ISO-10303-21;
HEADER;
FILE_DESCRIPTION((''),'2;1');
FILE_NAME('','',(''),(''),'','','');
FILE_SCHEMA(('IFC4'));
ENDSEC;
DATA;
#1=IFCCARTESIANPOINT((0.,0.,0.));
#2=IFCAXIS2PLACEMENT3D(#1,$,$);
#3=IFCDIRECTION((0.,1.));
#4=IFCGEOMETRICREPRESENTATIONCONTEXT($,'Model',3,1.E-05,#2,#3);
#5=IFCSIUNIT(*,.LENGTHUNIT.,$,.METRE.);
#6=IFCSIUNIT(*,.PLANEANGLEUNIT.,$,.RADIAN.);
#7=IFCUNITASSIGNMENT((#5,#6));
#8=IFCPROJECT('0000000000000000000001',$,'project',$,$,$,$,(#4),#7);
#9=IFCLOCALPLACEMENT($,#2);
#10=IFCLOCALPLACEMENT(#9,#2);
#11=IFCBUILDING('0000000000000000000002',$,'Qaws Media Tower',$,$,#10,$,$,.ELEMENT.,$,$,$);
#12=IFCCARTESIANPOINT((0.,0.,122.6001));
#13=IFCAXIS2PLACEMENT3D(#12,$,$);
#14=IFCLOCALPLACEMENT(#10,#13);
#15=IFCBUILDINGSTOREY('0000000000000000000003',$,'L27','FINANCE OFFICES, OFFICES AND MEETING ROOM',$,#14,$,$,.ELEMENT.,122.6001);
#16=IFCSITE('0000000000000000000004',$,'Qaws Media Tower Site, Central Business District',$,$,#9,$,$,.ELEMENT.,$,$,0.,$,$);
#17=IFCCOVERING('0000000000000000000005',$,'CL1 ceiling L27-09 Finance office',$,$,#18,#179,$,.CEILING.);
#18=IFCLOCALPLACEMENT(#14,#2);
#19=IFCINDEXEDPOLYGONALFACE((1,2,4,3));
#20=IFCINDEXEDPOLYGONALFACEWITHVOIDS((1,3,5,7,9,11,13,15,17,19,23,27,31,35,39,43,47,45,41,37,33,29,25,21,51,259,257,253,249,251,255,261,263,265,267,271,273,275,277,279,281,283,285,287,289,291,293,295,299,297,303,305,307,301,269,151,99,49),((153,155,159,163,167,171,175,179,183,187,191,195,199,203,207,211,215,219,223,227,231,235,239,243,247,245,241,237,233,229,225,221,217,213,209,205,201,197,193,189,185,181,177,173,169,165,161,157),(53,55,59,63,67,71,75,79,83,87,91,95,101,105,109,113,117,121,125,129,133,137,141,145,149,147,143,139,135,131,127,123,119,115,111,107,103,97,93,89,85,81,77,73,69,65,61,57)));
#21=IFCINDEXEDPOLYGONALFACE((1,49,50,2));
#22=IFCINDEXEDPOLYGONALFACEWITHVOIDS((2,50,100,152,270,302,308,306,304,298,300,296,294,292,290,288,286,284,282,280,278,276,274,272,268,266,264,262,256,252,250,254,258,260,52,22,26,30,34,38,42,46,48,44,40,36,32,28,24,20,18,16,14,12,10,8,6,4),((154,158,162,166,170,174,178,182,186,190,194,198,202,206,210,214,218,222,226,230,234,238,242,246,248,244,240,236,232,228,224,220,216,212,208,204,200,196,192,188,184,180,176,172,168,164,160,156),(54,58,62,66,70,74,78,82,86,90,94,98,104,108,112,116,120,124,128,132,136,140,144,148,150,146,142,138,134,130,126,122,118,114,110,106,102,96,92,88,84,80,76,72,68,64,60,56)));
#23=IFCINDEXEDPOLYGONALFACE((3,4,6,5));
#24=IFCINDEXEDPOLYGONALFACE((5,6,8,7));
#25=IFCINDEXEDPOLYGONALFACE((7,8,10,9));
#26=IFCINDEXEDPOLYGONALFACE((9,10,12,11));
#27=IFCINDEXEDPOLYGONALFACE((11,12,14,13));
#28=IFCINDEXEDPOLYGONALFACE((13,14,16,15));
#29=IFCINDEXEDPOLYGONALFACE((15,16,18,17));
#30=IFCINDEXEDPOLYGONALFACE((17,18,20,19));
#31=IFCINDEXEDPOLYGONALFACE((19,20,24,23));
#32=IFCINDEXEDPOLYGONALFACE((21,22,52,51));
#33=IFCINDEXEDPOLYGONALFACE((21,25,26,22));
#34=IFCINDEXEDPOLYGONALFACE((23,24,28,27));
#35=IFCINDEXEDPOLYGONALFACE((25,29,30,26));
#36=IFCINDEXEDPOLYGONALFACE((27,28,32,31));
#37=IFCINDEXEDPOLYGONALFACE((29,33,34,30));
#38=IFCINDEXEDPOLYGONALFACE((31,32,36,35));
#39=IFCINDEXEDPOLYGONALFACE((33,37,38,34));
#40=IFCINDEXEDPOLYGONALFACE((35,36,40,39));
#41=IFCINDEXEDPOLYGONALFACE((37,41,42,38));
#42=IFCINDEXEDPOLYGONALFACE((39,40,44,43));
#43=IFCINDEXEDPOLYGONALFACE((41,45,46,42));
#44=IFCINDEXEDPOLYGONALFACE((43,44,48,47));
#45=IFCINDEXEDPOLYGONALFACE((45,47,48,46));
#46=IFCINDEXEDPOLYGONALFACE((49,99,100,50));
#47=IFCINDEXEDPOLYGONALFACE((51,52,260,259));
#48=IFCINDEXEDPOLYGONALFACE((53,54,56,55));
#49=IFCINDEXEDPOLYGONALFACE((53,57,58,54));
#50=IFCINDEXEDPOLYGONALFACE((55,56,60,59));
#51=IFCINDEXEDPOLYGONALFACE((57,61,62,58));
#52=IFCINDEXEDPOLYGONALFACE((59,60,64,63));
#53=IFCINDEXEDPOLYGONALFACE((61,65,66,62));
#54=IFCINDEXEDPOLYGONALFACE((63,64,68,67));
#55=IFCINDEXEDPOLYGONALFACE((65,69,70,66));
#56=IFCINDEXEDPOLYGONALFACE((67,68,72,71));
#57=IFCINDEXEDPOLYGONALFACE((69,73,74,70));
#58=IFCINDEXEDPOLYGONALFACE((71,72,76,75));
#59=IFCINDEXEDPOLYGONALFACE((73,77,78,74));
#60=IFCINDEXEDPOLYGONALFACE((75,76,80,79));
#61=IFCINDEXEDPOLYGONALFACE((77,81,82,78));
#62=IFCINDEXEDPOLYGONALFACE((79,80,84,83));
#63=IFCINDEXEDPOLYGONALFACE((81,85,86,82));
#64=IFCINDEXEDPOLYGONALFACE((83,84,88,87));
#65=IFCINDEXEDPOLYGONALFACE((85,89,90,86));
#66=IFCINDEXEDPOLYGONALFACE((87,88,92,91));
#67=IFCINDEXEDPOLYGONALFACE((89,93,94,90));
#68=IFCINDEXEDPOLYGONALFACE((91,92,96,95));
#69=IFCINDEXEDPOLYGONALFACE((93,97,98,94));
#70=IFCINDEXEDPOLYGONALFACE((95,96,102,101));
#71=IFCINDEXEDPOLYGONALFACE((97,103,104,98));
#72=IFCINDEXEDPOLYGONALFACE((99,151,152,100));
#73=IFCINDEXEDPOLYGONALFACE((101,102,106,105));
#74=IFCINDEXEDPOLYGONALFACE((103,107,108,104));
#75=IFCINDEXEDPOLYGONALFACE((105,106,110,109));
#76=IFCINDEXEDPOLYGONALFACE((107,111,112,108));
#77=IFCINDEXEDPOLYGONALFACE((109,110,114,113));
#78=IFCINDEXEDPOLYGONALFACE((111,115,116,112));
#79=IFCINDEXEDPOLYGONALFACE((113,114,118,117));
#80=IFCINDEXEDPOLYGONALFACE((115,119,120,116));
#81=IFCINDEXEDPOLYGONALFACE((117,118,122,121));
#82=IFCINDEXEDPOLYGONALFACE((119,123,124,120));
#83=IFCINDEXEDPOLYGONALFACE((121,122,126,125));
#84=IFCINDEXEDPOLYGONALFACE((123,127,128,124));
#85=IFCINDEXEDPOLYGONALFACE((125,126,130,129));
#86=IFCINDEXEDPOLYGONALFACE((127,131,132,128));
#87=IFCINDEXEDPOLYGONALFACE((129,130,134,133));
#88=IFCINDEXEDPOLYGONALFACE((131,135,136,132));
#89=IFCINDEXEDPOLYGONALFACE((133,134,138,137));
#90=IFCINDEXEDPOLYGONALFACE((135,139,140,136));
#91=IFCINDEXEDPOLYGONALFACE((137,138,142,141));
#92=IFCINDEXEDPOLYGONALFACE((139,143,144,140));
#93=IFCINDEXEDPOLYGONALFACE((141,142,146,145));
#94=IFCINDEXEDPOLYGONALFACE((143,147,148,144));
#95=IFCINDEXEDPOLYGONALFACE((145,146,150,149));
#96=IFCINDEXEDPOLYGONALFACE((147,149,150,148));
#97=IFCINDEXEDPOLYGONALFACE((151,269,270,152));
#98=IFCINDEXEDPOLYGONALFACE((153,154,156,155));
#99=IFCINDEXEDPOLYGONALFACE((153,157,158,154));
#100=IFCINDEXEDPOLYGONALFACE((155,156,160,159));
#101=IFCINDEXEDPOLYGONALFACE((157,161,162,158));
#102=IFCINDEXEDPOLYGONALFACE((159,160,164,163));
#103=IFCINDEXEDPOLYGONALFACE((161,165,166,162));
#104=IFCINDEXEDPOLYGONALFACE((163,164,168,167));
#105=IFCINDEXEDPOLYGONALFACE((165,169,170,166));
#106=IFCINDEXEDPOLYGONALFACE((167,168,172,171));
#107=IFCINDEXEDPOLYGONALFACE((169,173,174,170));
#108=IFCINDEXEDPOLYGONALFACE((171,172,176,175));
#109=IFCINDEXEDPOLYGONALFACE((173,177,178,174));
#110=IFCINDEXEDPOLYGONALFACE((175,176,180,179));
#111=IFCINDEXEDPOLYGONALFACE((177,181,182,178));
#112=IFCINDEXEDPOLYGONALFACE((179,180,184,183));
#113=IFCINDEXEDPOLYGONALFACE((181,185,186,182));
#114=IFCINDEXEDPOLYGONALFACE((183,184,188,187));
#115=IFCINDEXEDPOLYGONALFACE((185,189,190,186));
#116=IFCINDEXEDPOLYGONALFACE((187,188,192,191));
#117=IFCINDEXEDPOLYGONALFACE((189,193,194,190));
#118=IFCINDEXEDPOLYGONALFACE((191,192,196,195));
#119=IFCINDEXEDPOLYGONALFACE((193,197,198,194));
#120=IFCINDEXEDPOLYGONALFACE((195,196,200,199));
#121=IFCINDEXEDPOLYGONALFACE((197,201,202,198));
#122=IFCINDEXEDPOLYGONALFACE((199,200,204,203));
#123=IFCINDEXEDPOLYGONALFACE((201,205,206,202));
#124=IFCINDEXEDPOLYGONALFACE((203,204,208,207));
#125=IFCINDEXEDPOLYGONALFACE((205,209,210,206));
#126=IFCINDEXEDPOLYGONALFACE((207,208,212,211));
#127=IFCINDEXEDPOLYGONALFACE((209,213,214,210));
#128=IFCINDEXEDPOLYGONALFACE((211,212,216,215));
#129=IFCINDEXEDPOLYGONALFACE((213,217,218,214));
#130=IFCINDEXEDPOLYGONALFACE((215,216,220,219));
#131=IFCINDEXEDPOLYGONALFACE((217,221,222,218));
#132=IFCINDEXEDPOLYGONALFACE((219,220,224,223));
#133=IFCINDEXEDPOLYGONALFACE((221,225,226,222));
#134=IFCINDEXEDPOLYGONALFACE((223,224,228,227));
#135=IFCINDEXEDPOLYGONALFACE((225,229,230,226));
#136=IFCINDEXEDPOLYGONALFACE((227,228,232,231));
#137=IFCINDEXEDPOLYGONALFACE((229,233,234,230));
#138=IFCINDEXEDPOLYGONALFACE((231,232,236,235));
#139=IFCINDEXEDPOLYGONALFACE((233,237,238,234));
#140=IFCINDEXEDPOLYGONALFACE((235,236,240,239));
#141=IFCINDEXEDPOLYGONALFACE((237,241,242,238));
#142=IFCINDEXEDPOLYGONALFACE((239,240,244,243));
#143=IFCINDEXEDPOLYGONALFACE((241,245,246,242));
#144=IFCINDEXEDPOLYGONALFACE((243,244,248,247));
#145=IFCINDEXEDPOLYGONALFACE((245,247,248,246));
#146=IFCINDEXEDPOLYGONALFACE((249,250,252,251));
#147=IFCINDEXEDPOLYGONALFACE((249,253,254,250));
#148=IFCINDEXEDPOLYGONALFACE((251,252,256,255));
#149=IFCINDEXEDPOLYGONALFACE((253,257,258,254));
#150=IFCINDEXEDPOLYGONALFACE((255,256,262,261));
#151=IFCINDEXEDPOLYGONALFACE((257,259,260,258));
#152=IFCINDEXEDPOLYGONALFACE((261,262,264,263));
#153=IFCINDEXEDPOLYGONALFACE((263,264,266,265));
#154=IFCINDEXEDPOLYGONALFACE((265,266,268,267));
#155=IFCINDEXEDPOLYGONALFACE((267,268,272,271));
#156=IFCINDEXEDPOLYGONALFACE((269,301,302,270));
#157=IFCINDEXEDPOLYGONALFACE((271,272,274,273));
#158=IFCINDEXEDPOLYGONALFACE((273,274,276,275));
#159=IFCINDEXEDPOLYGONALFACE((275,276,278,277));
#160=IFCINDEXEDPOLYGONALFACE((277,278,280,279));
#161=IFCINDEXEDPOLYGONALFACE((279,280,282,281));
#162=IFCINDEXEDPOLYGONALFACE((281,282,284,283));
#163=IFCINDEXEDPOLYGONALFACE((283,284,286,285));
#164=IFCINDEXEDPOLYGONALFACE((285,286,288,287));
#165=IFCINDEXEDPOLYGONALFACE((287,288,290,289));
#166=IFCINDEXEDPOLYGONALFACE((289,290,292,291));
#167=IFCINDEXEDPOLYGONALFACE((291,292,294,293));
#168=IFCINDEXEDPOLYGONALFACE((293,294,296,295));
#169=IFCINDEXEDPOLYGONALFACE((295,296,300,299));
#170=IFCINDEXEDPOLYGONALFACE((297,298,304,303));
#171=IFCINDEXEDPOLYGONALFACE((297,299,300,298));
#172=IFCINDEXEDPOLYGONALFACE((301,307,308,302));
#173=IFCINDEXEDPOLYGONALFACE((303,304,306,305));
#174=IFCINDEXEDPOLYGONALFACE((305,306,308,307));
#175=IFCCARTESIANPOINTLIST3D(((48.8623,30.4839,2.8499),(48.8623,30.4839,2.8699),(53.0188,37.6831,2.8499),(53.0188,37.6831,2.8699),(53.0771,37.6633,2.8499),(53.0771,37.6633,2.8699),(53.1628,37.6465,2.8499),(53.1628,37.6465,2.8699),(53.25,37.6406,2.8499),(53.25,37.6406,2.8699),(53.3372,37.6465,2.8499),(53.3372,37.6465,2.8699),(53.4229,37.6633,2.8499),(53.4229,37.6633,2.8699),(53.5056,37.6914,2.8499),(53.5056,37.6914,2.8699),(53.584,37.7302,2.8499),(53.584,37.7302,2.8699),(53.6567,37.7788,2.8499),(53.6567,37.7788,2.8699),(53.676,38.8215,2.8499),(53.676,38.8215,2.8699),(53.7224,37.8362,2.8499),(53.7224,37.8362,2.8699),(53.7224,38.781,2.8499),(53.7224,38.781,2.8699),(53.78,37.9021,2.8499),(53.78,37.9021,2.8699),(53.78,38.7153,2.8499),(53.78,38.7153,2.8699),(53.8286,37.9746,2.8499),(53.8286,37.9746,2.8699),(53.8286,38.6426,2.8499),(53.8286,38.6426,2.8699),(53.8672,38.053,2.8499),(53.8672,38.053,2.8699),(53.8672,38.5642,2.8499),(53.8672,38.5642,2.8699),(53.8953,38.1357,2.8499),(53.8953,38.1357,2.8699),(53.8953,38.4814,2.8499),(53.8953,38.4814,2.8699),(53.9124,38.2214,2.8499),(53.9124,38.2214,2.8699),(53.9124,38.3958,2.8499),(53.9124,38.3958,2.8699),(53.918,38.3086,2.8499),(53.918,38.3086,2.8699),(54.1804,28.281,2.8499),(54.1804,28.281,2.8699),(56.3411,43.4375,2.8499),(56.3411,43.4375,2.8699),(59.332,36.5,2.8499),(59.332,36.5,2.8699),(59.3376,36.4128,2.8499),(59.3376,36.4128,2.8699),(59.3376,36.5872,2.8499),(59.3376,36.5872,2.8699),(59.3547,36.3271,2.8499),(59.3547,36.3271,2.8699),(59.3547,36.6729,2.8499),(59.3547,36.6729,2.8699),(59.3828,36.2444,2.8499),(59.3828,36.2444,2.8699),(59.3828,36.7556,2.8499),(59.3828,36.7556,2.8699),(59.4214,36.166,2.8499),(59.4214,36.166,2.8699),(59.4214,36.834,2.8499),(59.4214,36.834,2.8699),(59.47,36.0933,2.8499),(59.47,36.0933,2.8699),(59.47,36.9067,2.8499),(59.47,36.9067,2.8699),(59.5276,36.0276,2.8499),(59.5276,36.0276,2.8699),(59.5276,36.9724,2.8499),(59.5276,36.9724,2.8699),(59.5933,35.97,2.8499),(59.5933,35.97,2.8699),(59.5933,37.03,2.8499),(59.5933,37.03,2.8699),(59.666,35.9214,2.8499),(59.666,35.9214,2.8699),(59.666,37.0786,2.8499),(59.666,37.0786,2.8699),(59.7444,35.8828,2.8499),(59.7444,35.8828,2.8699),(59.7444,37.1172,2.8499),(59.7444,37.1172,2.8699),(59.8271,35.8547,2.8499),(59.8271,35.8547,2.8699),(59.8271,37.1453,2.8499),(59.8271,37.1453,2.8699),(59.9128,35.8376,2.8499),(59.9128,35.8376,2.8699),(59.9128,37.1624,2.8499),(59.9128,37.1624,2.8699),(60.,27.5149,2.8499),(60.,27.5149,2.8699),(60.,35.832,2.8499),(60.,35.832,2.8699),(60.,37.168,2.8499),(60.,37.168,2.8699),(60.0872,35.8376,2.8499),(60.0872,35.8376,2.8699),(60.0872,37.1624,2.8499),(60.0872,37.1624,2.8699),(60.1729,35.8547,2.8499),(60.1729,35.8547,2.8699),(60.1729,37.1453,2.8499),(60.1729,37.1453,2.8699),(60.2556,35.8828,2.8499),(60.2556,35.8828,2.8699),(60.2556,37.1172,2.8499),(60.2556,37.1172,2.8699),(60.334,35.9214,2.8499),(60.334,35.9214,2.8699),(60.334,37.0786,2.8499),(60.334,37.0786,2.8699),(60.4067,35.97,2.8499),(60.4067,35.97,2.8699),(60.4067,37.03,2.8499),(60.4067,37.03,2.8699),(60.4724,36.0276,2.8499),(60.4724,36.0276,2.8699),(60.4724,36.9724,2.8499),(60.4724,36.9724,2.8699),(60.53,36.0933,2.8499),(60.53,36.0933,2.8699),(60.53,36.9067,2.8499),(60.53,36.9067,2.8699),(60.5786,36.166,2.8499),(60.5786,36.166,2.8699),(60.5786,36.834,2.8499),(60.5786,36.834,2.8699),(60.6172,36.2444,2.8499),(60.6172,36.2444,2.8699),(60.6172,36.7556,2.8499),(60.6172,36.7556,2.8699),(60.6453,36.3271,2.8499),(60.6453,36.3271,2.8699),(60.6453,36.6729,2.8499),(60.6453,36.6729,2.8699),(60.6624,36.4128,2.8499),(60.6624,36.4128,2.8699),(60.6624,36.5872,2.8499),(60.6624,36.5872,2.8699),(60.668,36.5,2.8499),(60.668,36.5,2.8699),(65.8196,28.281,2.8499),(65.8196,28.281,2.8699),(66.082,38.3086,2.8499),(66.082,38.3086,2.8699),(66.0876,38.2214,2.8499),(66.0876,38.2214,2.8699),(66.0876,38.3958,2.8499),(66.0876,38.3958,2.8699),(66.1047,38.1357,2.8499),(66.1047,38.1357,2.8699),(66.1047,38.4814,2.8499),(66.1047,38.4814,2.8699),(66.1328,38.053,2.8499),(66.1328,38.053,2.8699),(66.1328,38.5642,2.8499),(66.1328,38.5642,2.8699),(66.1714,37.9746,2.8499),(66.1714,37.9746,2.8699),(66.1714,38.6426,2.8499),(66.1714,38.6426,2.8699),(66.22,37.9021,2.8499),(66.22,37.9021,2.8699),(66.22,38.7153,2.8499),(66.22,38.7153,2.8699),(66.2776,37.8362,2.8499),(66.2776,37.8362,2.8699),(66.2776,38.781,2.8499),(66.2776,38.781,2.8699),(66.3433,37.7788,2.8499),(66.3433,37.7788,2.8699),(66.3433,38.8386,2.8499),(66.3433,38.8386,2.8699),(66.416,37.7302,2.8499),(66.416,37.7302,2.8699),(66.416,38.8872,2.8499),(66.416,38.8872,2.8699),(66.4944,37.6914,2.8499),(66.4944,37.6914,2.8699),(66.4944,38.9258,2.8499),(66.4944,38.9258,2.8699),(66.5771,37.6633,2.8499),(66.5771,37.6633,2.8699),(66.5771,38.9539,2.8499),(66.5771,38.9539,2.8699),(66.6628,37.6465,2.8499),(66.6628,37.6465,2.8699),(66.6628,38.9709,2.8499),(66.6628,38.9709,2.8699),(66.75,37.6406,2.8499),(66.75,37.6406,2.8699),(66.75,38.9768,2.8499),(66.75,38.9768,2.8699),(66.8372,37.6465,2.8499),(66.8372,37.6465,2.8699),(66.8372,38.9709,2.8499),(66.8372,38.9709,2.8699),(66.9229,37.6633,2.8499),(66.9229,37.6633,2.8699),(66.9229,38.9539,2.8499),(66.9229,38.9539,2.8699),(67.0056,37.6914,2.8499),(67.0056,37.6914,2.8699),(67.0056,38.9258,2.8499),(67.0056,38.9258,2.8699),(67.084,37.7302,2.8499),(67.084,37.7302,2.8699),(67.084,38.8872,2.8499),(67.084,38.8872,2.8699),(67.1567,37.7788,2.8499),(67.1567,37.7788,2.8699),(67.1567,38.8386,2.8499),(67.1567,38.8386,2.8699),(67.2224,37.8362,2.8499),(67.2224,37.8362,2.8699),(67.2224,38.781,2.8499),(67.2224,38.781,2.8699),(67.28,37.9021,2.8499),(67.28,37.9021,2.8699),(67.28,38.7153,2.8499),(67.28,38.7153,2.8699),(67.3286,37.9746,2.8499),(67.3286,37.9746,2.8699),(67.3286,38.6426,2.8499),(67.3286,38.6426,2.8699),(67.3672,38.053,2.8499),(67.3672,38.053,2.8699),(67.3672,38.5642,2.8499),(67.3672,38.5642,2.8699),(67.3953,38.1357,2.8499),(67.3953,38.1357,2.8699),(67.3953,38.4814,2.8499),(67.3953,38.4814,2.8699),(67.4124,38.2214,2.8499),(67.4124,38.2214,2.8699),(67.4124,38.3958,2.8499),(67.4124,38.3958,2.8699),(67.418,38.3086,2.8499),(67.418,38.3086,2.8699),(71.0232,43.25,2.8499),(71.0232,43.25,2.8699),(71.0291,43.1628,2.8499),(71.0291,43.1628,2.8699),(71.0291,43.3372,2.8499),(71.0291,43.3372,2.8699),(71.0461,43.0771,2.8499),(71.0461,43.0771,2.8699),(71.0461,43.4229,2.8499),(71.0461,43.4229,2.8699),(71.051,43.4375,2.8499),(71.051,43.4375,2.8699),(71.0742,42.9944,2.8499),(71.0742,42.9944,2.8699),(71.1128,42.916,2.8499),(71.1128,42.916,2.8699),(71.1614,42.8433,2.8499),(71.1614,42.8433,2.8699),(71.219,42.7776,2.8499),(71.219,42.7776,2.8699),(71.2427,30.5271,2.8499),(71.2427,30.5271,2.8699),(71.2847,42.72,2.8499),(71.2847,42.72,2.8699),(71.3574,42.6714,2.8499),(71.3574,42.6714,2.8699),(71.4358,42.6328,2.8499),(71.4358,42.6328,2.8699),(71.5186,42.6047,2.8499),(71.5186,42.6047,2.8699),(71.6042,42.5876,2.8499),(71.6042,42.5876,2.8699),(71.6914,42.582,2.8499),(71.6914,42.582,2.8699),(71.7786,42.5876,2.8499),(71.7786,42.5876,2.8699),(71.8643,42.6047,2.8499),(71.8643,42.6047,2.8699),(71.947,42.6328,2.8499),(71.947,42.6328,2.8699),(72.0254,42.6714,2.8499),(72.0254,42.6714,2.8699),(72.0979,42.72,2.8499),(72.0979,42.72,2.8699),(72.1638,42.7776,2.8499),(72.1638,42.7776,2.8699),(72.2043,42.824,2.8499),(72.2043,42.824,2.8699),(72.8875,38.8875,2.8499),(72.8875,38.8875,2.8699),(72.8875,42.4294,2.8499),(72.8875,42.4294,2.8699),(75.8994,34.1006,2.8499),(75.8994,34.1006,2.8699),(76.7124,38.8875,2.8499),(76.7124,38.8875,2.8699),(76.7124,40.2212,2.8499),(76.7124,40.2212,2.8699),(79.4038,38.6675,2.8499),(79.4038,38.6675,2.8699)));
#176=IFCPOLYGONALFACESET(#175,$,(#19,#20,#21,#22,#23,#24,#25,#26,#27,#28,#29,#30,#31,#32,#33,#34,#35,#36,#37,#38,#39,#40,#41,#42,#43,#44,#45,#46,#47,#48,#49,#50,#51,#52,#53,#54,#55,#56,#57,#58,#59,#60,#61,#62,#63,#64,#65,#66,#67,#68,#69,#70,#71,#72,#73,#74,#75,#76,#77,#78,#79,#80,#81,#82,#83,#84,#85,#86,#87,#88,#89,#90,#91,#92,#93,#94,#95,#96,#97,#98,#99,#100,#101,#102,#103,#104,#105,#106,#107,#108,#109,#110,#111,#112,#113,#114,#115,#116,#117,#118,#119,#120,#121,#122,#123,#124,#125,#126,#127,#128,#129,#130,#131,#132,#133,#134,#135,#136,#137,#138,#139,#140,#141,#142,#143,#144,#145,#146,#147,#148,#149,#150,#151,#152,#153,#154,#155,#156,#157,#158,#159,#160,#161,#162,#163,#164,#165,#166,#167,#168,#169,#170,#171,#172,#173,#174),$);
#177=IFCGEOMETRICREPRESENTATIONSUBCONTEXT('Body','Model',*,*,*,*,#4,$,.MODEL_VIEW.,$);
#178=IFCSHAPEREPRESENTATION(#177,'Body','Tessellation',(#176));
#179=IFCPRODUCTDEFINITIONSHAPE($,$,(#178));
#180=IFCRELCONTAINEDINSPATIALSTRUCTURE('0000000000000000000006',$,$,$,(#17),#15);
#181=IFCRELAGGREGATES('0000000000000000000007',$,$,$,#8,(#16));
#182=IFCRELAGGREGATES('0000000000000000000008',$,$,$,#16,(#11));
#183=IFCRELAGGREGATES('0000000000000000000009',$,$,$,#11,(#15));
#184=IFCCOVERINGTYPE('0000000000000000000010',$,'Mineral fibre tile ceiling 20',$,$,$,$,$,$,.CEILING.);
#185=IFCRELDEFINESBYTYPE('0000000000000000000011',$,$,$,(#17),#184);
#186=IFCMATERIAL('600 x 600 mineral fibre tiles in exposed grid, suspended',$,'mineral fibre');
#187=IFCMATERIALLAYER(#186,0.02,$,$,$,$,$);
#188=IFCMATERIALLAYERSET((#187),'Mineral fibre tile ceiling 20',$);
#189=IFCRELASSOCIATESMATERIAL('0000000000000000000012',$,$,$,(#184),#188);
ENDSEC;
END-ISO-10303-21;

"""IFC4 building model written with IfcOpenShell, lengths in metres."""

from ifc_helpers import new_model, si_unit, direction, frame, origin, place, context, subcontext, project, spatial, polyline, outline, extrude, material, layer, layer_set, type_object, element, save


model = new_model("IFC4")

# Units and contexts
model_context = context("Model", 3, precision=1e-05, world=origin(), true_north=direction((0.0, 1.0)))
body_context = subcontext(model_context, "Body", "Model", "MODEL_VIEW")
ifc_project = project(units=[si_unit("LENGTHUNIT", "METRE"), si_unit("PLANEANGLEUNIT", "RADIAN")], contexts=[model_context])

# Site, building, storey
site_placement = place(None, origin())
site = spatial("IfcSite", under=ifc_project, at=site_placement, Name="Qaws Media Tower Site, Central Business District", CompositionType="ELEMENT", RefElevation=0.0)
building_placement = place(site_placement, origin())
building = spatial("IfcBuilding", under=site, at=building_placement, Name="Qaws Media Tower", CompositionType="ELEMENT")
storey_placement = place(building_placement, frame((0.0, 0.0, 122.6001)))
storey = spatial("IfcBuildingStorey", under=building, at=storey_placement, Name="L27", Description="FINANCE OFFICES, OFFICES AND MEETING ROOM", CompositionType="ELEMENT", Elevation=122.6001)

# Covering
ifc_material_1 = material(Name="600 x 600 mineral fibre tiles in exposed grid, suspended", Category="mineral fibre")
ifc_layer_1 = layer(ifc_material_1, 0.02)
ifc_layer_set_1 = layer_set([ifc_layer_1], Name="Mineral fibre tile ceiling 20")
covering_type_1 = type_object("IfcCoveringType", Name="Mineral fibre tile ceiling 20", PredefinedType="CEILING", material=ifc_layer_set_1)
covering_1_placement = place(storey_placement, frame((0.0, 0.0, 2.8499)))
element("IfcCovering", 1, at=covering_1_placement, inside=storey, type_object=covering_type_1, Name="CL1 ceiling L27-09 Finance office", PredefinedType="CEILING", context=body_context, shape_type="SweptSolid", body=[
    extrude(outline(polyline([(72.8875, 38.8875), (76.7124, 38.8875), (76.7124, 40.2212), (79.4038, 38.6675), (75.8994, 34.1006), (71.2427, 30.5271), (65.8196, 28.281), (60.0, 27.5149), (54.1804, 28.281), (48.8623, 30.4839), (53.0188, 37.6831), (53.0771, 37.6633), (53.1628, 37.6465), (53.25, 37.6406), (53.3372, 37.6465), (53.4229, 37.6633), (53.5056, 37.6914), (53.584, 37.7302), (53.6567, 37.7788), (53.7224, 37.8362), (53.78, 37.9021), (53.8286, 37.9746), (53.8672, 38.053), (53.8953, 38.1357), (53.9124, 38.2214), (53.918, 38.3086), (53.9124, 38.3958), (53.8953, 38.4814), (53.8672, 38.5642), (53.8286, 38.6426), (53.78, 38.7153), (53.7224, 38.781), (53.676, 38.8215), (56.3411, 43.4375), (71.051, 43.4375), (71.0461, 43.4229), (71.0291, 43.3372), (71.0232, 43.25), (71.0291, 43.1628), (71.0461, 43.0771), (71.0742, 42.9944), (71.1128, 42.916), (71.1614, 42.8433), (71.219, 42.7776), (71.2847, 42.72), (71.3574, 42.6714), (71.4358, 42.6328), (71.5186, 42.6047), (71.6042, 42.5876), (71.6914, 42.582), (71.7786, 42.5876), (71.8643, 42.6047), (71.947, 42.6328), (72.0254, 42.6714), (72.0979, 42.72), (72.1638, 42.7776), (72.2043, 42.824), (72.8875, 42.4294), (72.8875, 38.8875)]), holes=[polyline([(60.6453, 36.3271), (60.6624, 36.4128), (60.668, 36.5), (60.6624, 36.5872), (60.6453, 36.6729), (60.6172, 36.7556), (60.5786, 36.834), (60.53, 36.9067), (60.4724, 36.9724), (60.4067, 37.03), (60.334, 37.0786), (60.2556, 37.1172), (60.1729, 37.1453), (60.0872, 37.1624), (60.0, 37.168), (59.9128, 37.1624), (59.8271, 37.1453), (59.7444, 37.1172), (59.666, 37.0786), (59.5933, 37.03), (59.5276, 36.9724), (59.47, 36.9067), (59.4214, 36.834), (59.3828, 36.7556), (59.3547, 36.6729), (59.3376, 36.5872), (59.332, 36.5), (59.3376, 36.4128), (59.3547, 36.3271), (59.3828, 36.2444), (59.4214, 36.166), (59.47, 36.0933), (59.5276, 36.0276), (59.5933, 35.97), (59.666, 35.9214), (59.7444, 35.8828), (59.8271, 35.8547), (59.9128, 35.8376), (60.0, 35.832), (60.0872, 35.8376), (60.1729, 35.8547), (60.2556, 35.8828), (60.334, 35.9214), (60.4067, 35.97), (60.4724, 36.0276), (60.53, 36.0933), (60.5786, 36.166), (60.6172, 36.2444), (60.6453, 36.3271)]), polyline([(67.3672, 38.053), (67.3953, 38.1357), (67.4124, 38.2214), (67.418, 38.3086), (67.4124, 38.3958), (67.3953, 38.4814), (67.3672, 38.5642), (67.3286, 38.6426), (67.28, 38.7153), (67.2224, 38.781), (67.1567, 38.8386), (67.084, 38.8872), (67.0056, 38.9258), (66.9229, 38.9539), (66.8372, 38.9709), (66.75, 38.9768), (66.6628, 38.9709), (66.5771, 38.9539), (66.4944, 38.9258), (66.416, 38.8872), (66.3433, 38.8386), (66.2776, 38.781), (66.22, 38.7153), (66.1714, 38.6426), (66.1328, 38.5642), (66.1047, 38.4814), (66.0876, 38.3958), (66.082, 38.3086), (66.0876, 38.2214), (66.1047, 38.1357), (66.1328, 38.053), (66.1714, 37.9746), (66.22, 37.9021), (66.2776, 37.8362), (66.3433, 37.7788), (66.416, 37.7302), (66.4944, 37.6914), (66.5771, 37.6633), (66.6628, 37.6465), (66.75, 37.6406), (66.8372, 37.6465), (66.9229, 37.6633), (67.0056, 37.6914), (67.084, 37.7302), (67.1567, 37.7788), (67.2224, 37.8362), (67.28, 37.9021), (67.3286, 37.9746), (67.3672, 38.053)])]), origin(), (0.0, 0.0, 1.0), 0.02),
])

save(model, "model.ifc")
